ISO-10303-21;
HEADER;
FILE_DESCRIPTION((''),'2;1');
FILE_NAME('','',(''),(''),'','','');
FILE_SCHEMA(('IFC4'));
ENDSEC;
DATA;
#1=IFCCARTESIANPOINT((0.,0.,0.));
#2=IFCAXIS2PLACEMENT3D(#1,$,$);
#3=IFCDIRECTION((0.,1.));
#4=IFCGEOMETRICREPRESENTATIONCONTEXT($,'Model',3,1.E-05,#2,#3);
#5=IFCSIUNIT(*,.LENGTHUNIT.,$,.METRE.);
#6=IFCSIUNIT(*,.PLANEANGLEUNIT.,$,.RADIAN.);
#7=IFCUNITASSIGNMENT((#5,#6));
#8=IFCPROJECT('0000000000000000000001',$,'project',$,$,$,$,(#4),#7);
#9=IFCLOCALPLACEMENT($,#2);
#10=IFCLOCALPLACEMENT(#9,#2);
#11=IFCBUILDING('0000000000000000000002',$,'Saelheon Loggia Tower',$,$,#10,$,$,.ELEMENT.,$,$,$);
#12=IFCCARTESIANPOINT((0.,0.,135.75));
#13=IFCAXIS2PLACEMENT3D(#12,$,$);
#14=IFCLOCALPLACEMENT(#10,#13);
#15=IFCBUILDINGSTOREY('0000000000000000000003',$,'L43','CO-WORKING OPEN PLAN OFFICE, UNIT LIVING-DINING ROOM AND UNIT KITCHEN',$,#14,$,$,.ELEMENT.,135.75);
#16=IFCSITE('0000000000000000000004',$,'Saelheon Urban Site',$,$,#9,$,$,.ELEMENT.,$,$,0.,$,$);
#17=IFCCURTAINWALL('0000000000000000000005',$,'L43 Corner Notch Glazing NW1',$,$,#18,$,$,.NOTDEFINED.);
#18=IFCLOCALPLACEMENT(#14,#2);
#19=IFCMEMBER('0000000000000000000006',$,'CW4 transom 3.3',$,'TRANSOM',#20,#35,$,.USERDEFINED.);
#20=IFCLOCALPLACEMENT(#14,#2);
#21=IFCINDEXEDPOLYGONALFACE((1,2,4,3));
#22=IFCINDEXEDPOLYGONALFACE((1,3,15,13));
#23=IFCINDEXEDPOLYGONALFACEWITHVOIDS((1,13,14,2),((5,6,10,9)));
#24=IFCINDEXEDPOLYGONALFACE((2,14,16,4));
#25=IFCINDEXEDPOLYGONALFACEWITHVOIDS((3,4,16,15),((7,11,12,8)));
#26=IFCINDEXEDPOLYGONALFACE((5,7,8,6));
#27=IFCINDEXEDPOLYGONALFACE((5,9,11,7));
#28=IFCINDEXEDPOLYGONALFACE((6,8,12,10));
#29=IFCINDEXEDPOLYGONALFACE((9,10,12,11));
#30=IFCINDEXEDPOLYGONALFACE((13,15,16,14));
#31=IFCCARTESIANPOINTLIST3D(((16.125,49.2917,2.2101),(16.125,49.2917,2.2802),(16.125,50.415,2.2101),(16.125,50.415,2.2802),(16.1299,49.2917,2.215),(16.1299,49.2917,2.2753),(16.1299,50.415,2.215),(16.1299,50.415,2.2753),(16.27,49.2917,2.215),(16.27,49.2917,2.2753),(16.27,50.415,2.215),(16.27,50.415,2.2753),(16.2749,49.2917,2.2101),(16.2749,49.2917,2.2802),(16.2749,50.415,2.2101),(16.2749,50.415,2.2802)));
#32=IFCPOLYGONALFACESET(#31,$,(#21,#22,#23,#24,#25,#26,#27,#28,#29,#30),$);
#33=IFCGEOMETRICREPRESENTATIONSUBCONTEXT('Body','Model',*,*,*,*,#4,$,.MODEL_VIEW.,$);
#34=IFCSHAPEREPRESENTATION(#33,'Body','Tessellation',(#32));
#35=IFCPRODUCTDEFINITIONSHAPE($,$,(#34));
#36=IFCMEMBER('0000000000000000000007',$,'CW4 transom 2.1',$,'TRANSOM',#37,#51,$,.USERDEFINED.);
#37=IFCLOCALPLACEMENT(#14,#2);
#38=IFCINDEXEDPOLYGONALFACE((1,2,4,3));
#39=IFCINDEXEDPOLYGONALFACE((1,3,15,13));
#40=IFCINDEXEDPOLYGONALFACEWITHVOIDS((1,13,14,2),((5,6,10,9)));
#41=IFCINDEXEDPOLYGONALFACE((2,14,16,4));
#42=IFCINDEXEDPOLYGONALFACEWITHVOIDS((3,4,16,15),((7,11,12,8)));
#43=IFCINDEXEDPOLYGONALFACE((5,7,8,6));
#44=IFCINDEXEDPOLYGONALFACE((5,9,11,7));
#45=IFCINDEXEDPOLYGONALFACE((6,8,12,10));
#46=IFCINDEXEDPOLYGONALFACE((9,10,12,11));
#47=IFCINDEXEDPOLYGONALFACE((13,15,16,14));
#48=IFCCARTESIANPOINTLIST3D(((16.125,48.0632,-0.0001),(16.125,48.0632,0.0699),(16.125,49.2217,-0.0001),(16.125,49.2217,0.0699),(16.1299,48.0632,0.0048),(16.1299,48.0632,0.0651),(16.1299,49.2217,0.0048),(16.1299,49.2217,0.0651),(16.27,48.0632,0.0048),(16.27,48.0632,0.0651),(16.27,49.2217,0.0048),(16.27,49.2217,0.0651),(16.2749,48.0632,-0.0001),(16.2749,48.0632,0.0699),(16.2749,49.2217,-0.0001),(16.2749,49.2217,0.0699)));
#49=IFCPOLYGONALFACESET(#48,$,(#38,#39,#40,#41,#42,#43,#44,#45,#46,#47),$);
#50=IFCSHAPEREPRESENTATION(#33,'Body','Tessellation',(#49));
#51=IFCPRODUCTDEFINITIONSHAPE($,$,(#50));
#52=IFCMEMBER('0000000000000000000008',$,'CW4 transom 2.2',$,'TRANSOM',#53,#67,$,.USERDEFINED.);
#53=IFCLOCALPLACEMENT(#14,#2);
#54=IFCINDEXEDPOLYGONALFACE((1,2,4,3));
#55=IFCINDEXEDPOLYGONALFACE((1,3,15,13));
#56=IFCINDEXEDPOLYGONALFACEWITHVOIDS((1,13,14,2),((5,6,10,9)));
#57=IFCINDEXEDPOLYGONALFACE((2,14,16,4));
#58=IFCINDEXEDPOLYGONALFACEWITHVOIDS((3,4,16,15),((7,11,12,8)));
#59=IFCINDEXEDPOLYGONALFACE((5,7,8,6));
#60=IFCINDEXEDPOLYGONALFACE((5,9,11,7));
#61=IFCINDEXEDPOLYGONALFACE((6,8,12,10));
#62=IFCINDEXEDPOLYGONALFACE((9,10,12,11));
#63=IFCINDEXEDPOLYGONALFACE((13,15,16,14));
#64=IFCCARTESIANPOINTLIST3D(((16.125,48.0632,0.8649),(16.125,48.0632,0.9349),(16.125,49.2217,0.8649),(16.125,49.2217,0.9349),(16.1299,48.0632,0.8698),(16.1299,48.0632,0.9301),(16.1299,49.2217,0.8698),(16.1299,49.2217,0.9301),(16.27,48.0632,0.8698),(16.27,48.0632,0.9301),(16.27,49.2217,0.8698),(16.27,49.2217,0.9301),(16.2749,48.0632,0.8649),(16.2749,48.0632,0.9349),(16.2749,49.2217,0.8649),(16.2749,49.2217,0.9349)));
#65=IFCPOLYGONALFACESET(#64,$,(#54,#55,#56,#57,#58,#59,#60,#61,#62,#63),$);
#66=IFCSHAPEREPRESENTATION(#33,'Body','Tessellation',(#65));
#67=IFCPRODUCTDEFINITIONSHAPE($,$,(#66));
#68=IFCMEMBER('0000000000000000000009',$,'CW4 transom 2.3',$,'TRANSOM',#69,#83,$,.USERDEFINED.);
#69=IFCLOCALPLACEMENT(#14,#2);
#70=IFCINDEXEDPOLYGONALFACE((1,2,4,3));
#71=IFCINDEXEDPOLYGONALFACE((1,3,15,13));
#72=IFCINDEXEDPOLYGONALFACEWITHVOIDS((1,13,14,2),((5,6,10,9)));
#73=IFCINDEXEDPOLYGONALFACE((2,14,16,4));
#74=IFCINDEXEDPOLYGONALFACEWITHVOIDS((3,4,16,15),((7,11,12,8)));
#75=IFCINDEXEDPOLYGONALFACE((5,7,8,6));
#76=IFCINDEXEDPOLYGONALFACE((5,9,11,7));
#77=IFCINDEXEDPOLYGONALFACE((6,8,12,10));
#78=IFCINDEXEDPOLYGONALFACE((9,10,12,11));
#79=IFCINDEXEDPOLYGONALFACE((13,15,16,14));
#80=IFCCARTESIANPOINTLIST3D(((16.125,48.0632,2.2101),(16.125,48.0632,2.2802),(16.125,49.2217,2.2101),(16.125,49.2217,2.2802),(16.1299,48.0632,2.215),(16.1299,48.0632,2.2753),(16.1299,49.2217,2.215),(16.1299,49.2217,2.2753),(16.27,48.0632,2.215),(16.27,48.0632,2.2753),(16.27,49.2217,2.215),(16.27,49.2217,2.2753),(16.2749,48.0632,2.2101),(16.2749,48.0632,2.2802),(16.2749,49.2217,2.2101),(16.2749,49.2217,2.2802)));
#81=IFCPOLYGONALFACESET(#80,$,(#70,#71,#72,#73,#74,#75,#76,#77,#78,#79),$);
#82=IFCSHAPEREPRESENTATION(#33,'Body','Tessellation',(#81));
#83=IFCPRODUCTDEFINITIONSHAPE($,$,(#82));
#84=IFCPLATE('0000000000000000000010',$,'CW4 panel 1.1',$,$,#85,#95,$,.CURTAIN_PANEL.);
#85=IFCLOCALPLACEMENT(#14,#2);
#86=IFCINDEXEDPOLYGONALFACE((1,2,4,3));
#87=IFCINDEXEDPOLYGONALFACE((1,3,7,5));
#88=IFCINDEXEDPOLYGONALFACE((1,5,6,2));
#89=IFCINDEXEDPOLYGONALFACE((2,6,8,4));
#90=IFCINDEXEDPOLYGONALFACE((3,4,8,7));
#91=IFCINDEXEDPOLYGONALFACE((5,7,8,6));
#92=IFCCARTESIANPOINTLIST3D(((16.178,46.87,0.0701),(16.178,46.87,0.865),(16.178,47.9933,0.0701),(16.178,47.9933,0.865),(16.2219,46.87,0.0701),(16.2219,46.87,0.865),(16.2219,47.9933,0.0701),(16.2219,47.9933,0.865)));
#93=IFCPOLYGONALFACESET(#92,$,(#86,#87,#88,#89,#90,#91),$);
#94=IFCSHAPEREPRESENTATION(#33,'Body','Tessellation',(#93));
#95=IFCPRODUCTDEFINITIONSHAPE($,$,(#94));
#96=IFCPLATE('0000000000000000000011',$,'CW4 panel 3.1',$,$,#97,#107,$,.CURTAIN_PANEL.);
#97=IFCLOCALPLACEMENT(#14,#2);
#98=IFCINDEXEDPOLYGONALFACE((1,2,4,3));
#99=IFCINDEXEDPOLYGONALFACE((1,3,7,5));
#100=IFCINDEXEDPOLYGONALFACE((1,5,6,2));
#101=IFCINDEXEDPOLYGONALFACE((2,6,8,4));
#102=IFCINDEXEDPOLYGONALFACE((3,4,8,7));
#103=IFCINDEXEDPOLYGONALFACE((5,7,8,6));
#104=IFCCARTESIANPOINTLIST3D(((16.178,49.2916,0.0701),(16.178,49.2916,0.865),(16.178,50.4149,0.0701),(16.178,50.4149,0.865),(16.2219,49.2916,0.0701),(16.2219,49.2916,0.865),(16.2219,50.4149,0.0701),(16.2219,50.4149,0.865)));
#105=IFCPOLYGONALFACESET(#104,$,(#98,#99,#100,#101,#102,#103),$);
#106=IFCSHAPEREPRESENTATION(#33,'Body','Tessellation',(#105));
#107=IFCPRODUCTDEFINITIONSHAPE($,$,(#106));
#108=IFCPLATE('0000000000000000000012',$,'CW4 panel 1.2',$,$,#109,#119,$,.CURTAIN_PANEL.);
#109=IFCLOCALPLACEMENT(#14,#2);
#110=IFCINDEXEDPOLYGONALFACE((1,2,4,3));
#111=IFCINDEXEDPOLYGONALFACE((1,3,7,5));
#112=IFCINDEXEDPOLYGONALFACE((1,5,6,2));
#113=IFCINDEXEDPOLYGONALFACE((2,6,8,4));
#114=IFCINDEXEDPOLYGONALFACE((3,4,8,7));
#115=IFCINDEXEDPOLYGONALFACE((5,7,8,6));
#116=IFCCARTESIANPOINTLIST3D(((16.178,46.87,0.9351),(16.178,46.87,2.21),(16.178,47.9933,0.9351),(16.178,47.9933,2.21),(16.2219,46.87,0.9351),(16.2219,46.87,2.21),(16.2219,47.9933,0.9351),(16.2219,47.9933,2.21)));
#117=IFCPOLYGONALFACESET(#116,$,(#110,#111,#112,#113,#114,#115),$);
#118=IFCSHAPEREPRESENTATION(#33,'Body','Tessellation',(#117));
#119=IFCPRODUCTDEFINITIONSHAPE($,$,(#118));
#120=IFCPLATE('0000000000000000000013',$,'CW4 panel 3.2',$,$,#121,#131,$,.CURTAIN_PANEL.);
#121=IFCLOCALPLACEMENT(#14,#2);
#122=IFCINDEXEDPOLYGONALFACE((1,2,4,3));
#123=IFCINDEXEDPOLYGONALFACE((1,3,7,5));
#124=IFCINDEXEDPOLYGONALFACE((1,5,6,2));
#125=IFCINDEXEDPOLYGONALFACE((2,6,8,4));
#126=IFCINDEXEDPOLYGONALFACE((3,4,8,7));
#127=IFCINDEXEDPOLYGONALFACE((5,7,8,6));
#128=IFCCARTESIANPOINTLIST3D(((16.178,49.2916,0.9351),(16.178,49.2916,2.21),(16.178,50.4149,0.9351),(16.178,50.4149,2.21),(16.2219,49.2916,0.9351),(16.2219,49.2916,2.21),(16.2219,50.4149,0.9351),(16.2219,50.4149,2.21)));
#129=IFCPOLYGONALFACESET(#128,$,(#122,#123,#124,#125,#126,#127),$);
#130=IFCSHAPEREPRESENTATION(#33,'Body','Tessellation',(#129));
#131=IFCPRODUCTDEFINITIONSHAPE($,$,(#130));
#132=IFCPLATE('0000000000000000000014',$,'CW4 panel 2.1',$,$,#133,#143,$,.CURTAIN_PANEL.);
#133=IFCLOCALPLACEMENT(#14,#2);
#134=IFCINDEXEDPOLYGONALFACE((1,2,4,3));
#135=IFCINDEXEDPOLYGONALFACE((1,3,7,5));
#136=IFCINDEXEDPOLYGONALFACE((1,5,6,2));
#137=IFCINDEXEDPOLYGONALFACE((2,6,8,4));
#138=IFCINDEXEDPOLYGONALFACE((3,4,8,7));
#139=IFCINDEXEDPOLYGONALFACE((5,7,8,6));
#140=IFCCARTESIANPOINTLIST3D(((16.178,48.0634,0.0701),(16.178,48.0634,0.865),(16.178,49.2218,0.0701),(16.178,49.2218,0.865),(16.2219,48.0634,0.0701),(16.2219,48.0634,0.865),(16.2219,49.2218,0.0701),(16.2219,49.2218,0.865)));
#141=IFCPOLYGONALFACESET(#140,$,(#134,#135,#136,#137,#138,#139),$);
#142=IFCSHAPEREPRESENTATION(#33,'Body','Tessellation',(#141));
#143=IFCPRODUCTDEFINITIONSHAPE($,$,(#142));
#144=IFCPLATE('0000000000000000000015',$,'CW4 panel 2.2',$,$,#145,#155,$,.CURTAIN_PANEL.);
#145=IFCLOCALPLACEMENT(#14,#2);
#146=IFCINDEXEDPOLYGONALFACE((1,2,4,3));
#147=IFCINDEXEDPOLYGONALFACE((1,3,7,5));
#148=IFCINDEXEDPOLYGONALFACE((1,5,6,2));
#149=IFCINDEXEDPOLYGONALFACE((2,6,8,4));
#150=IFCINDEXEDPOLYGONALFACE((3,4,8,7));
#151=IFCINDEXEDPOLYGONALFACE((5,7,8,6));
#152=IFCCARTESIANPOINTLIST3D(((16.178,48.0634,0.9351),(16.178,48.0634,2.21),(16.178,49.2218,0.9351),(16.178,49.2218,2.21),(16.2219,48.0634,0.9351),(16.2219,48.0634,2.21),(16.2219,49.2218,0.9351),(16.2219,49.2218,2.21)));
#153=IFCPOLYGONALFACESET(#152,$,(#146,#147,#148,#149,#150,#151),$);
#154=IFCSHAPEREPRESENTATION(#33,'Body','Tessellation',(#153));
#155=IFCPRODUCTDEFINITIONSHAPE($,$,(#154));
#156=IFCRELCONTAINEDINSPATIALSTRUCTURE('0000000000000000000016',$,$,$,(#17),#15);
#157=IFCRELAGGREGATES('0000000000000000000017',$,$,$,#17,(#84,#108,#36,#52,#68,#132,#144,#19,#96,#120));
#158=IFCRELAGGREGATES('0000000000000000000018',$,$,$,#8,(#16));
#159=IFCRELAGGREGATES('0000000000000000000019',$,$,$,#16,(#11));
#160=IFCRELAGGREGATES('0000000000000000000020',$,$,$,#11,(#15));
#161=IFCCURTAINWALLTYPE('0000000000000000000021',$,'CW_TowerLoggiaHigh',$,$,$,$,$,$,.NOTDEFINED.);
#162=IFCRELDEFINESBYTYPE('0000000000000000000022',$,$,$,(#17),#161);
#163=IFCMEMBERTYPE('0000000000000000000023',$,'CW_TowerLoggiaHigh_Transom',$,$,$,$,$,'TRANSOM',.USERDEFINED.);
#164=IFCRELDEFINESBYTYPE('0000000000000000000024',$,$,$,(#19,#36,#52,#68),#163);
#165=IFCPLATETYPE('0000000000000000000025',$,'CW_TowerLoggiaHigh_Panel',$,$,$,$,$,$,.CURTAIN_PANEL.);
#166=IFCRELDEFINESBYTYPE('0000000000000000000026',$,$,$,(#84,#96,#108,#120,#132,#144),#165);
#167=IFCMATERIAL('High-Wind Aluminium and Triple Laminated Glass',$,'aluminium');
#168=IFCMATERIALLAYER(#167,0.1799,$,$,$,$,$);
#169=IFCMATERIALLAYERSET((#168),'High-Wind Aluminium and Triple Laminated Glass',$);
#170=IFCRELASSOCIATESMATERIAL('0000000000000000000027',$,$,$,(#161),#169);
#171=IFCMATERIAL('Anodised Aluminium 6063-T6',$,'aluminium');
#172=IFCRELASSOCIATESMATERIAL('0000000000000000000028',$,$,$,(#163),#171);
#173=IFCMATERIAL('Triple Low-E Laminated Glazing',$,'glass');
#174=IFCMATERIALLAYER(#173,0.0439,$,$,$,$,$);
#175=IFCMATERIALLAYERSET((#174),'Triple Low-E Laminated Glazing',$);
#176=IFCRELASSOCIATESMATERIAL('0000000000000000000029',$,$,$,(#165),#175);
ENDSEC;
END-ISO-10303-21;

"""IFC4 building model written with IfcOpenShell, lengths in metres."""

from ifc_helpers import new_model, si_unit, direction, frame, origin, origin_2d, place, context, subcontext, project, spatial, rectangle, hollow_rectangle, extrude, source, transform, mapped, material, layer, layer_set, material_profile, profile_set, type_object, element, aggregate, save


model = new_model("IFC4")

# Units and contexts
model_context = context("Model", 3, precision=1e-05, world=origin(), true_north=direction((0.0, 1.0)))
body_context = subcontext(model_context, "Body", "Model", "MODEL_VIEW")
ifc_project = project(units=[si_unit("LENGTHUNIT", "METRE"), si_unit("PLANEANGLEUNIT", "RADIAN")], contexts=[model_context])

# Site, building, storey
site_placement = place(None, origin())
site = spatial("IfcSite", under=ifc_project, at=site_placement, Name="Saelheon Urban Site", CompositionType="ELEMENT", RefElevation=0.0)
building_placement = place(site_placement, origin())
building = spatial("IfcBuilding", under=site, at=building_placement, Name="Saelheon Loggia Tower", CompositionType="ELEMENT")
storey_placement = place(building_placement, frame((0.0, 0.0, 135.75)))
storey = spatial("IfcBuildingStorey", under=building, at=storey_placement, Name="L43", Description="CO-WORKING OPEN PLAN OFFICE, UNIT LIVING-DINING ROOM AND UNIT KITCHEN", CompositionType="ELEMENT", Elevation=135.75)

# Curtain wall, members, plates
ifc_material_1 = material(Name="High-Wind Aluminium and Triple Laminated Glass", Category="aluminium")
ifc_layer_1 = layer(ifc_material_1, 0.1799)
ifc_layer_set_1 = layer_set([ifc_layer_1], Name="High-Wind Aluminium and Triple Laminated Glass")
curtain_wall_type = type_object("IfcCurtainWallType", Name="CW_TowerLoggiaHigh", PredefinedType="NOTDEFINED", material=ifc_layer_set_1)
curtain_wall_placement = place(storey_placement, origin())
curtain_wall = element("IfcCurtainWall", 1, at=curtain_wall_placement, inside=storey, type_object=curtain_wall_type, Name="L43 Corner Notch Glazing NW1", PredefinedType="NOTDEFINED")
ifc_material_2 = material(Name="Anodised Aluminium 6063-T6", Category="aluminium")
ifc_material_profile_1 = material_profile(ifc_material_2, hollow_rectangle(XDim=0.0701, YDim=0.1499, WallThickness=0.0049, at=origin_2d()), Name="RHS-150x70x5")
ifc_profile_set_1 = profile_set([ifc_material_profile_1], Name="Anodised Aluminium 6063-T6")
member_type_1 = type_object("IfcMemberType", Name="CW_TowerLoggiaHigh_Transom", ElementType="TRANSOM", PredefinedType="USERDEFINED", material=ifc_profile_set_1)
shared_shape_1 = source(origin(), body_context, "Body", "SweptSolid", [
    extrude(hollow_rectangle(XDim=0.0701, YDim=0.1499, WallThickness=0.0049, at=origin_2d()), origin(), (0.0, 0.0, 1.0), 1.1233),
])
member_1_placement = place(storey_placement, frame((16.2, 49.2917, 2.2451), z_axis=(0.0, 1.0, 0.0), x_axis=(0.0, 0.0, 1.0)))
member_1 = element("IfcMember", 2, at=member_1_placement, type_object=member_type_1, Name="CW4 transom 3.3", ObjectType="TRANSOM", PredefinedType="USERDEFINED", context=body_context, shape_type="MappedRepresentation", body=[
    mapped(shared_shape_1, transform((0.0, 0.0, 0.0), scale=1.0)),
])
shared_shape_2 = source(origin(), body_context, "Body", "SweptSolid", [
    extrude(hollow_rectangle(XDim=0.0701, YDim=0.1499, WallThickness=0.0049, at=origin_2d()), origin(), (0.0, 0.0, 1.0), 1.1584),
])
member_2_placement = place(storey_placement, frame((16.2, 48.0632, 0.0349), z_axis=(0.0, 1.0, 0.0), x_axis=(0.0, 0.0, 1.0)))
member_2 = element("IfcMember", 3, at=member_2_placement, type_object=member_type_1, Name="CW4 transom 2.1", ObjectType="TRANSOM", PredefinedType="USERDEFINED", context=body_context, shape_type="MappedRepresentation", body=[
    mapped(shared_shape_2, transform((0.0, 0.0, 0.0), scale=1.0)),
])
member_3_placement = place(storey_placement, frame((16.2, 48.0632, 0.8999), z_axis=(0.0, 1.0, 0.0), x_axis=(0.0, 0.0, 1.0)))
member_3 = element("IfcMember", 4, at=member_3_placement, type_object=member_type_1, Name="CW4 transom 2.2", ObjectType="TRANSOM", PredefinedType="USERDEFINED", context=body_context, shape_type="MappedRepresentation", body=[
    mapped(shared_shape_2, transform((0.0, 0.0, 0.0), scale=1.0)),
])
member_4_placement = place(storey_placement, frame((16.2, 48.0632, 2.2451), z_axis=(0.0, 1.0, 0.0), x_axis=(0.0, 0.0, 1.0)))
member_4 = element("IfcMember", 5, at=member_4_placement, type_object=member_type_1, Name="CW4 transom 2.3", ObjectType="TRANSOM", PredefinedType="USERDEFINED", context=body_context, shape_type="MappedRepresentation", body=[
    mapped(shared_shape_2, transform((0.0, 0.0, 0.0), scale=1.0)),
])
ifc_material_3 = material(Name="Triple Low-E Laminated Glazing", Category="glass")
ifc_layer_2 = layer(ifc_material_3, 0.0439)
ifc_layer_set_2 = layer_set([ifc_layer_2], Name="Triple Low-E Laminated Glazing")
plate_type = type_object("IfcPlateType", Name="CW_TowerLoggiaHigh_Panel", PredefinedType="CURTAIN_PANEL", material=ifc_layer_set_2)
shared_shape_3 = source(origin(), body_context, "Body", "SweptSolid", [
    extrude(rectangle(XDim=1.1233, YDim=0.0439, at=origin_2d()), origin(), (0.0, 0.0, 1.0), 0.7949),
])
plate_1_placement = place(storey_placement, frame((16.2, 47.4316, 0.0701), z_axis=(0.0, 0.0, 1.0), x_axis=(0.0, 1.0, 0.0)))
plate_1 = element("IfcPlate", 6, at=plate_1_placement, type_object=plate_type, Name="CW4 panel 1.1", PredefinedType="CURTAIN_PANEL", context=body_context, shape_type="MappedRepresentation", body=[
    mapped(shared_shape_3, transform((0.0, 0.0, 0.0), scale=1.0)),
])
plate_2_placement = place(storey_placement, frame((16.2, 49.8533, 0.0701), z_axis=(0.0, 0.0, 1.0), x_axis=(0.0, 1.0, 0.0)))
plate_2 = element("IfcPlate", 7, at=plate_2_placement, type_object=plate_type, Name="CW4 panel 3.1", PredefinedType="CURTAIN_PANEL", context=body_context, shape_type="MappedRepresentation", body=[
    mapped(shared_shape_3, transform((0.0, 0.0, 0.0), scale=1.0)),
])
shared_shape_4 = source(origin(), body_context, "Body", "SweptSolid", [
    extrude(rectangle(XDim=1.1233, YDim=0.0439, at=origin_2d()), origin(), (0.0, 0.0, 1.0), 1.2749),
])
plate_3_placement = place(storey_placement, frame((16.2, 47.4316, 0.9351), z_axis=(0.0, 0.0, 1.0), x_axis=(0.0, 1.0, 0.0)))
plate_3 = element("IfcPlate", 8, at=plate_3_placement, type_object=plate_type, Name="CW4 panel 1.2", PredefinedType="CURTAIN_PANEL", context=body_context, shape_type="MappedRepresentation", body=[
    mapped(shared_shape_4, transform((0.0, 0.0, 0.0), scale=1.0)),
])
plate_4_placement = place(storey_placement, frame((16.2, 49.8533, 0.9351), z_axis=(0.0, 0.0, 1.0), x_axis=(0.0, 1.0, 0.0)))
plate_4 = element("IfcPlate", 9, at=plate_4_placement, type_object=plate_type, Name="CW4 panel 3.2", PredefinedType="CURTAIN_PANEL", context=body_context, shape_type="MappedRepresentation", body=[
    mapped(shared_shape_4, transform((0.0, 0.0, 0.0), scale=1.0)),
])
shared_shape_5 = source(origin(), body_context, "Body", "SweptSolid", [
    extrude(rectangle(XDim=1.1584, YDim=0.0439, at=origin_2d()), origin(), (0.0, 0.0, 1.0), 0.7949),
])
plate_5_placement = place(storey_placement, frame((16.2, 48.6426, 0.0701), z_axis=(0.0, 0.0, 1.0), x_axis=(0.0, 1.0, 0.0)))
plate_5 = element("IfcPlate", 10, at=plate_5_placement, type_object=plate_type, Name="CW4 panel 2.1", PredefinedType="CURTAIN_PANEL", context=body_context, shape_type="MappedRepresentation", body=[
    mapped(shared_shape_5, transform((0.0, 0.0, 0.0), scale=1.0)),
])
shared_shape_6 = source(origin(), body_context, "Body", "SweptSolid", [
    extrude(rectangle(XDim=1.1584, YDim=0.0439, at=origin_2d()), origin(), (0.0, 0.0, 1.0), 1.2749),
])
plate_6_placement = place(storey_placement, frame((16.2, 48.6426, 0.9351), z_axis=(0.0, 0.0, 1.0), x_axis=(0.0, 1.0, 0.0)))
plate_6 = element("IfcPlate", 11, at=plate_6_placement, type_object=plate_type, Name="CW4 panel 2.2", PredefinedType="CURTAIN_PANEL", context=body_context, shape_type="MappedRepresentation", body=[
    mapped(shared_shape_6, transform((0.0, 0.0, 0.0), scale=1.0)),
])
aggregate(curtain_wall, [plate_1, plate_3, member_2, member_3, member_4, plate_5, plate_6, member_1, plate_2, plate_4])

save(model, "model.ifc")
